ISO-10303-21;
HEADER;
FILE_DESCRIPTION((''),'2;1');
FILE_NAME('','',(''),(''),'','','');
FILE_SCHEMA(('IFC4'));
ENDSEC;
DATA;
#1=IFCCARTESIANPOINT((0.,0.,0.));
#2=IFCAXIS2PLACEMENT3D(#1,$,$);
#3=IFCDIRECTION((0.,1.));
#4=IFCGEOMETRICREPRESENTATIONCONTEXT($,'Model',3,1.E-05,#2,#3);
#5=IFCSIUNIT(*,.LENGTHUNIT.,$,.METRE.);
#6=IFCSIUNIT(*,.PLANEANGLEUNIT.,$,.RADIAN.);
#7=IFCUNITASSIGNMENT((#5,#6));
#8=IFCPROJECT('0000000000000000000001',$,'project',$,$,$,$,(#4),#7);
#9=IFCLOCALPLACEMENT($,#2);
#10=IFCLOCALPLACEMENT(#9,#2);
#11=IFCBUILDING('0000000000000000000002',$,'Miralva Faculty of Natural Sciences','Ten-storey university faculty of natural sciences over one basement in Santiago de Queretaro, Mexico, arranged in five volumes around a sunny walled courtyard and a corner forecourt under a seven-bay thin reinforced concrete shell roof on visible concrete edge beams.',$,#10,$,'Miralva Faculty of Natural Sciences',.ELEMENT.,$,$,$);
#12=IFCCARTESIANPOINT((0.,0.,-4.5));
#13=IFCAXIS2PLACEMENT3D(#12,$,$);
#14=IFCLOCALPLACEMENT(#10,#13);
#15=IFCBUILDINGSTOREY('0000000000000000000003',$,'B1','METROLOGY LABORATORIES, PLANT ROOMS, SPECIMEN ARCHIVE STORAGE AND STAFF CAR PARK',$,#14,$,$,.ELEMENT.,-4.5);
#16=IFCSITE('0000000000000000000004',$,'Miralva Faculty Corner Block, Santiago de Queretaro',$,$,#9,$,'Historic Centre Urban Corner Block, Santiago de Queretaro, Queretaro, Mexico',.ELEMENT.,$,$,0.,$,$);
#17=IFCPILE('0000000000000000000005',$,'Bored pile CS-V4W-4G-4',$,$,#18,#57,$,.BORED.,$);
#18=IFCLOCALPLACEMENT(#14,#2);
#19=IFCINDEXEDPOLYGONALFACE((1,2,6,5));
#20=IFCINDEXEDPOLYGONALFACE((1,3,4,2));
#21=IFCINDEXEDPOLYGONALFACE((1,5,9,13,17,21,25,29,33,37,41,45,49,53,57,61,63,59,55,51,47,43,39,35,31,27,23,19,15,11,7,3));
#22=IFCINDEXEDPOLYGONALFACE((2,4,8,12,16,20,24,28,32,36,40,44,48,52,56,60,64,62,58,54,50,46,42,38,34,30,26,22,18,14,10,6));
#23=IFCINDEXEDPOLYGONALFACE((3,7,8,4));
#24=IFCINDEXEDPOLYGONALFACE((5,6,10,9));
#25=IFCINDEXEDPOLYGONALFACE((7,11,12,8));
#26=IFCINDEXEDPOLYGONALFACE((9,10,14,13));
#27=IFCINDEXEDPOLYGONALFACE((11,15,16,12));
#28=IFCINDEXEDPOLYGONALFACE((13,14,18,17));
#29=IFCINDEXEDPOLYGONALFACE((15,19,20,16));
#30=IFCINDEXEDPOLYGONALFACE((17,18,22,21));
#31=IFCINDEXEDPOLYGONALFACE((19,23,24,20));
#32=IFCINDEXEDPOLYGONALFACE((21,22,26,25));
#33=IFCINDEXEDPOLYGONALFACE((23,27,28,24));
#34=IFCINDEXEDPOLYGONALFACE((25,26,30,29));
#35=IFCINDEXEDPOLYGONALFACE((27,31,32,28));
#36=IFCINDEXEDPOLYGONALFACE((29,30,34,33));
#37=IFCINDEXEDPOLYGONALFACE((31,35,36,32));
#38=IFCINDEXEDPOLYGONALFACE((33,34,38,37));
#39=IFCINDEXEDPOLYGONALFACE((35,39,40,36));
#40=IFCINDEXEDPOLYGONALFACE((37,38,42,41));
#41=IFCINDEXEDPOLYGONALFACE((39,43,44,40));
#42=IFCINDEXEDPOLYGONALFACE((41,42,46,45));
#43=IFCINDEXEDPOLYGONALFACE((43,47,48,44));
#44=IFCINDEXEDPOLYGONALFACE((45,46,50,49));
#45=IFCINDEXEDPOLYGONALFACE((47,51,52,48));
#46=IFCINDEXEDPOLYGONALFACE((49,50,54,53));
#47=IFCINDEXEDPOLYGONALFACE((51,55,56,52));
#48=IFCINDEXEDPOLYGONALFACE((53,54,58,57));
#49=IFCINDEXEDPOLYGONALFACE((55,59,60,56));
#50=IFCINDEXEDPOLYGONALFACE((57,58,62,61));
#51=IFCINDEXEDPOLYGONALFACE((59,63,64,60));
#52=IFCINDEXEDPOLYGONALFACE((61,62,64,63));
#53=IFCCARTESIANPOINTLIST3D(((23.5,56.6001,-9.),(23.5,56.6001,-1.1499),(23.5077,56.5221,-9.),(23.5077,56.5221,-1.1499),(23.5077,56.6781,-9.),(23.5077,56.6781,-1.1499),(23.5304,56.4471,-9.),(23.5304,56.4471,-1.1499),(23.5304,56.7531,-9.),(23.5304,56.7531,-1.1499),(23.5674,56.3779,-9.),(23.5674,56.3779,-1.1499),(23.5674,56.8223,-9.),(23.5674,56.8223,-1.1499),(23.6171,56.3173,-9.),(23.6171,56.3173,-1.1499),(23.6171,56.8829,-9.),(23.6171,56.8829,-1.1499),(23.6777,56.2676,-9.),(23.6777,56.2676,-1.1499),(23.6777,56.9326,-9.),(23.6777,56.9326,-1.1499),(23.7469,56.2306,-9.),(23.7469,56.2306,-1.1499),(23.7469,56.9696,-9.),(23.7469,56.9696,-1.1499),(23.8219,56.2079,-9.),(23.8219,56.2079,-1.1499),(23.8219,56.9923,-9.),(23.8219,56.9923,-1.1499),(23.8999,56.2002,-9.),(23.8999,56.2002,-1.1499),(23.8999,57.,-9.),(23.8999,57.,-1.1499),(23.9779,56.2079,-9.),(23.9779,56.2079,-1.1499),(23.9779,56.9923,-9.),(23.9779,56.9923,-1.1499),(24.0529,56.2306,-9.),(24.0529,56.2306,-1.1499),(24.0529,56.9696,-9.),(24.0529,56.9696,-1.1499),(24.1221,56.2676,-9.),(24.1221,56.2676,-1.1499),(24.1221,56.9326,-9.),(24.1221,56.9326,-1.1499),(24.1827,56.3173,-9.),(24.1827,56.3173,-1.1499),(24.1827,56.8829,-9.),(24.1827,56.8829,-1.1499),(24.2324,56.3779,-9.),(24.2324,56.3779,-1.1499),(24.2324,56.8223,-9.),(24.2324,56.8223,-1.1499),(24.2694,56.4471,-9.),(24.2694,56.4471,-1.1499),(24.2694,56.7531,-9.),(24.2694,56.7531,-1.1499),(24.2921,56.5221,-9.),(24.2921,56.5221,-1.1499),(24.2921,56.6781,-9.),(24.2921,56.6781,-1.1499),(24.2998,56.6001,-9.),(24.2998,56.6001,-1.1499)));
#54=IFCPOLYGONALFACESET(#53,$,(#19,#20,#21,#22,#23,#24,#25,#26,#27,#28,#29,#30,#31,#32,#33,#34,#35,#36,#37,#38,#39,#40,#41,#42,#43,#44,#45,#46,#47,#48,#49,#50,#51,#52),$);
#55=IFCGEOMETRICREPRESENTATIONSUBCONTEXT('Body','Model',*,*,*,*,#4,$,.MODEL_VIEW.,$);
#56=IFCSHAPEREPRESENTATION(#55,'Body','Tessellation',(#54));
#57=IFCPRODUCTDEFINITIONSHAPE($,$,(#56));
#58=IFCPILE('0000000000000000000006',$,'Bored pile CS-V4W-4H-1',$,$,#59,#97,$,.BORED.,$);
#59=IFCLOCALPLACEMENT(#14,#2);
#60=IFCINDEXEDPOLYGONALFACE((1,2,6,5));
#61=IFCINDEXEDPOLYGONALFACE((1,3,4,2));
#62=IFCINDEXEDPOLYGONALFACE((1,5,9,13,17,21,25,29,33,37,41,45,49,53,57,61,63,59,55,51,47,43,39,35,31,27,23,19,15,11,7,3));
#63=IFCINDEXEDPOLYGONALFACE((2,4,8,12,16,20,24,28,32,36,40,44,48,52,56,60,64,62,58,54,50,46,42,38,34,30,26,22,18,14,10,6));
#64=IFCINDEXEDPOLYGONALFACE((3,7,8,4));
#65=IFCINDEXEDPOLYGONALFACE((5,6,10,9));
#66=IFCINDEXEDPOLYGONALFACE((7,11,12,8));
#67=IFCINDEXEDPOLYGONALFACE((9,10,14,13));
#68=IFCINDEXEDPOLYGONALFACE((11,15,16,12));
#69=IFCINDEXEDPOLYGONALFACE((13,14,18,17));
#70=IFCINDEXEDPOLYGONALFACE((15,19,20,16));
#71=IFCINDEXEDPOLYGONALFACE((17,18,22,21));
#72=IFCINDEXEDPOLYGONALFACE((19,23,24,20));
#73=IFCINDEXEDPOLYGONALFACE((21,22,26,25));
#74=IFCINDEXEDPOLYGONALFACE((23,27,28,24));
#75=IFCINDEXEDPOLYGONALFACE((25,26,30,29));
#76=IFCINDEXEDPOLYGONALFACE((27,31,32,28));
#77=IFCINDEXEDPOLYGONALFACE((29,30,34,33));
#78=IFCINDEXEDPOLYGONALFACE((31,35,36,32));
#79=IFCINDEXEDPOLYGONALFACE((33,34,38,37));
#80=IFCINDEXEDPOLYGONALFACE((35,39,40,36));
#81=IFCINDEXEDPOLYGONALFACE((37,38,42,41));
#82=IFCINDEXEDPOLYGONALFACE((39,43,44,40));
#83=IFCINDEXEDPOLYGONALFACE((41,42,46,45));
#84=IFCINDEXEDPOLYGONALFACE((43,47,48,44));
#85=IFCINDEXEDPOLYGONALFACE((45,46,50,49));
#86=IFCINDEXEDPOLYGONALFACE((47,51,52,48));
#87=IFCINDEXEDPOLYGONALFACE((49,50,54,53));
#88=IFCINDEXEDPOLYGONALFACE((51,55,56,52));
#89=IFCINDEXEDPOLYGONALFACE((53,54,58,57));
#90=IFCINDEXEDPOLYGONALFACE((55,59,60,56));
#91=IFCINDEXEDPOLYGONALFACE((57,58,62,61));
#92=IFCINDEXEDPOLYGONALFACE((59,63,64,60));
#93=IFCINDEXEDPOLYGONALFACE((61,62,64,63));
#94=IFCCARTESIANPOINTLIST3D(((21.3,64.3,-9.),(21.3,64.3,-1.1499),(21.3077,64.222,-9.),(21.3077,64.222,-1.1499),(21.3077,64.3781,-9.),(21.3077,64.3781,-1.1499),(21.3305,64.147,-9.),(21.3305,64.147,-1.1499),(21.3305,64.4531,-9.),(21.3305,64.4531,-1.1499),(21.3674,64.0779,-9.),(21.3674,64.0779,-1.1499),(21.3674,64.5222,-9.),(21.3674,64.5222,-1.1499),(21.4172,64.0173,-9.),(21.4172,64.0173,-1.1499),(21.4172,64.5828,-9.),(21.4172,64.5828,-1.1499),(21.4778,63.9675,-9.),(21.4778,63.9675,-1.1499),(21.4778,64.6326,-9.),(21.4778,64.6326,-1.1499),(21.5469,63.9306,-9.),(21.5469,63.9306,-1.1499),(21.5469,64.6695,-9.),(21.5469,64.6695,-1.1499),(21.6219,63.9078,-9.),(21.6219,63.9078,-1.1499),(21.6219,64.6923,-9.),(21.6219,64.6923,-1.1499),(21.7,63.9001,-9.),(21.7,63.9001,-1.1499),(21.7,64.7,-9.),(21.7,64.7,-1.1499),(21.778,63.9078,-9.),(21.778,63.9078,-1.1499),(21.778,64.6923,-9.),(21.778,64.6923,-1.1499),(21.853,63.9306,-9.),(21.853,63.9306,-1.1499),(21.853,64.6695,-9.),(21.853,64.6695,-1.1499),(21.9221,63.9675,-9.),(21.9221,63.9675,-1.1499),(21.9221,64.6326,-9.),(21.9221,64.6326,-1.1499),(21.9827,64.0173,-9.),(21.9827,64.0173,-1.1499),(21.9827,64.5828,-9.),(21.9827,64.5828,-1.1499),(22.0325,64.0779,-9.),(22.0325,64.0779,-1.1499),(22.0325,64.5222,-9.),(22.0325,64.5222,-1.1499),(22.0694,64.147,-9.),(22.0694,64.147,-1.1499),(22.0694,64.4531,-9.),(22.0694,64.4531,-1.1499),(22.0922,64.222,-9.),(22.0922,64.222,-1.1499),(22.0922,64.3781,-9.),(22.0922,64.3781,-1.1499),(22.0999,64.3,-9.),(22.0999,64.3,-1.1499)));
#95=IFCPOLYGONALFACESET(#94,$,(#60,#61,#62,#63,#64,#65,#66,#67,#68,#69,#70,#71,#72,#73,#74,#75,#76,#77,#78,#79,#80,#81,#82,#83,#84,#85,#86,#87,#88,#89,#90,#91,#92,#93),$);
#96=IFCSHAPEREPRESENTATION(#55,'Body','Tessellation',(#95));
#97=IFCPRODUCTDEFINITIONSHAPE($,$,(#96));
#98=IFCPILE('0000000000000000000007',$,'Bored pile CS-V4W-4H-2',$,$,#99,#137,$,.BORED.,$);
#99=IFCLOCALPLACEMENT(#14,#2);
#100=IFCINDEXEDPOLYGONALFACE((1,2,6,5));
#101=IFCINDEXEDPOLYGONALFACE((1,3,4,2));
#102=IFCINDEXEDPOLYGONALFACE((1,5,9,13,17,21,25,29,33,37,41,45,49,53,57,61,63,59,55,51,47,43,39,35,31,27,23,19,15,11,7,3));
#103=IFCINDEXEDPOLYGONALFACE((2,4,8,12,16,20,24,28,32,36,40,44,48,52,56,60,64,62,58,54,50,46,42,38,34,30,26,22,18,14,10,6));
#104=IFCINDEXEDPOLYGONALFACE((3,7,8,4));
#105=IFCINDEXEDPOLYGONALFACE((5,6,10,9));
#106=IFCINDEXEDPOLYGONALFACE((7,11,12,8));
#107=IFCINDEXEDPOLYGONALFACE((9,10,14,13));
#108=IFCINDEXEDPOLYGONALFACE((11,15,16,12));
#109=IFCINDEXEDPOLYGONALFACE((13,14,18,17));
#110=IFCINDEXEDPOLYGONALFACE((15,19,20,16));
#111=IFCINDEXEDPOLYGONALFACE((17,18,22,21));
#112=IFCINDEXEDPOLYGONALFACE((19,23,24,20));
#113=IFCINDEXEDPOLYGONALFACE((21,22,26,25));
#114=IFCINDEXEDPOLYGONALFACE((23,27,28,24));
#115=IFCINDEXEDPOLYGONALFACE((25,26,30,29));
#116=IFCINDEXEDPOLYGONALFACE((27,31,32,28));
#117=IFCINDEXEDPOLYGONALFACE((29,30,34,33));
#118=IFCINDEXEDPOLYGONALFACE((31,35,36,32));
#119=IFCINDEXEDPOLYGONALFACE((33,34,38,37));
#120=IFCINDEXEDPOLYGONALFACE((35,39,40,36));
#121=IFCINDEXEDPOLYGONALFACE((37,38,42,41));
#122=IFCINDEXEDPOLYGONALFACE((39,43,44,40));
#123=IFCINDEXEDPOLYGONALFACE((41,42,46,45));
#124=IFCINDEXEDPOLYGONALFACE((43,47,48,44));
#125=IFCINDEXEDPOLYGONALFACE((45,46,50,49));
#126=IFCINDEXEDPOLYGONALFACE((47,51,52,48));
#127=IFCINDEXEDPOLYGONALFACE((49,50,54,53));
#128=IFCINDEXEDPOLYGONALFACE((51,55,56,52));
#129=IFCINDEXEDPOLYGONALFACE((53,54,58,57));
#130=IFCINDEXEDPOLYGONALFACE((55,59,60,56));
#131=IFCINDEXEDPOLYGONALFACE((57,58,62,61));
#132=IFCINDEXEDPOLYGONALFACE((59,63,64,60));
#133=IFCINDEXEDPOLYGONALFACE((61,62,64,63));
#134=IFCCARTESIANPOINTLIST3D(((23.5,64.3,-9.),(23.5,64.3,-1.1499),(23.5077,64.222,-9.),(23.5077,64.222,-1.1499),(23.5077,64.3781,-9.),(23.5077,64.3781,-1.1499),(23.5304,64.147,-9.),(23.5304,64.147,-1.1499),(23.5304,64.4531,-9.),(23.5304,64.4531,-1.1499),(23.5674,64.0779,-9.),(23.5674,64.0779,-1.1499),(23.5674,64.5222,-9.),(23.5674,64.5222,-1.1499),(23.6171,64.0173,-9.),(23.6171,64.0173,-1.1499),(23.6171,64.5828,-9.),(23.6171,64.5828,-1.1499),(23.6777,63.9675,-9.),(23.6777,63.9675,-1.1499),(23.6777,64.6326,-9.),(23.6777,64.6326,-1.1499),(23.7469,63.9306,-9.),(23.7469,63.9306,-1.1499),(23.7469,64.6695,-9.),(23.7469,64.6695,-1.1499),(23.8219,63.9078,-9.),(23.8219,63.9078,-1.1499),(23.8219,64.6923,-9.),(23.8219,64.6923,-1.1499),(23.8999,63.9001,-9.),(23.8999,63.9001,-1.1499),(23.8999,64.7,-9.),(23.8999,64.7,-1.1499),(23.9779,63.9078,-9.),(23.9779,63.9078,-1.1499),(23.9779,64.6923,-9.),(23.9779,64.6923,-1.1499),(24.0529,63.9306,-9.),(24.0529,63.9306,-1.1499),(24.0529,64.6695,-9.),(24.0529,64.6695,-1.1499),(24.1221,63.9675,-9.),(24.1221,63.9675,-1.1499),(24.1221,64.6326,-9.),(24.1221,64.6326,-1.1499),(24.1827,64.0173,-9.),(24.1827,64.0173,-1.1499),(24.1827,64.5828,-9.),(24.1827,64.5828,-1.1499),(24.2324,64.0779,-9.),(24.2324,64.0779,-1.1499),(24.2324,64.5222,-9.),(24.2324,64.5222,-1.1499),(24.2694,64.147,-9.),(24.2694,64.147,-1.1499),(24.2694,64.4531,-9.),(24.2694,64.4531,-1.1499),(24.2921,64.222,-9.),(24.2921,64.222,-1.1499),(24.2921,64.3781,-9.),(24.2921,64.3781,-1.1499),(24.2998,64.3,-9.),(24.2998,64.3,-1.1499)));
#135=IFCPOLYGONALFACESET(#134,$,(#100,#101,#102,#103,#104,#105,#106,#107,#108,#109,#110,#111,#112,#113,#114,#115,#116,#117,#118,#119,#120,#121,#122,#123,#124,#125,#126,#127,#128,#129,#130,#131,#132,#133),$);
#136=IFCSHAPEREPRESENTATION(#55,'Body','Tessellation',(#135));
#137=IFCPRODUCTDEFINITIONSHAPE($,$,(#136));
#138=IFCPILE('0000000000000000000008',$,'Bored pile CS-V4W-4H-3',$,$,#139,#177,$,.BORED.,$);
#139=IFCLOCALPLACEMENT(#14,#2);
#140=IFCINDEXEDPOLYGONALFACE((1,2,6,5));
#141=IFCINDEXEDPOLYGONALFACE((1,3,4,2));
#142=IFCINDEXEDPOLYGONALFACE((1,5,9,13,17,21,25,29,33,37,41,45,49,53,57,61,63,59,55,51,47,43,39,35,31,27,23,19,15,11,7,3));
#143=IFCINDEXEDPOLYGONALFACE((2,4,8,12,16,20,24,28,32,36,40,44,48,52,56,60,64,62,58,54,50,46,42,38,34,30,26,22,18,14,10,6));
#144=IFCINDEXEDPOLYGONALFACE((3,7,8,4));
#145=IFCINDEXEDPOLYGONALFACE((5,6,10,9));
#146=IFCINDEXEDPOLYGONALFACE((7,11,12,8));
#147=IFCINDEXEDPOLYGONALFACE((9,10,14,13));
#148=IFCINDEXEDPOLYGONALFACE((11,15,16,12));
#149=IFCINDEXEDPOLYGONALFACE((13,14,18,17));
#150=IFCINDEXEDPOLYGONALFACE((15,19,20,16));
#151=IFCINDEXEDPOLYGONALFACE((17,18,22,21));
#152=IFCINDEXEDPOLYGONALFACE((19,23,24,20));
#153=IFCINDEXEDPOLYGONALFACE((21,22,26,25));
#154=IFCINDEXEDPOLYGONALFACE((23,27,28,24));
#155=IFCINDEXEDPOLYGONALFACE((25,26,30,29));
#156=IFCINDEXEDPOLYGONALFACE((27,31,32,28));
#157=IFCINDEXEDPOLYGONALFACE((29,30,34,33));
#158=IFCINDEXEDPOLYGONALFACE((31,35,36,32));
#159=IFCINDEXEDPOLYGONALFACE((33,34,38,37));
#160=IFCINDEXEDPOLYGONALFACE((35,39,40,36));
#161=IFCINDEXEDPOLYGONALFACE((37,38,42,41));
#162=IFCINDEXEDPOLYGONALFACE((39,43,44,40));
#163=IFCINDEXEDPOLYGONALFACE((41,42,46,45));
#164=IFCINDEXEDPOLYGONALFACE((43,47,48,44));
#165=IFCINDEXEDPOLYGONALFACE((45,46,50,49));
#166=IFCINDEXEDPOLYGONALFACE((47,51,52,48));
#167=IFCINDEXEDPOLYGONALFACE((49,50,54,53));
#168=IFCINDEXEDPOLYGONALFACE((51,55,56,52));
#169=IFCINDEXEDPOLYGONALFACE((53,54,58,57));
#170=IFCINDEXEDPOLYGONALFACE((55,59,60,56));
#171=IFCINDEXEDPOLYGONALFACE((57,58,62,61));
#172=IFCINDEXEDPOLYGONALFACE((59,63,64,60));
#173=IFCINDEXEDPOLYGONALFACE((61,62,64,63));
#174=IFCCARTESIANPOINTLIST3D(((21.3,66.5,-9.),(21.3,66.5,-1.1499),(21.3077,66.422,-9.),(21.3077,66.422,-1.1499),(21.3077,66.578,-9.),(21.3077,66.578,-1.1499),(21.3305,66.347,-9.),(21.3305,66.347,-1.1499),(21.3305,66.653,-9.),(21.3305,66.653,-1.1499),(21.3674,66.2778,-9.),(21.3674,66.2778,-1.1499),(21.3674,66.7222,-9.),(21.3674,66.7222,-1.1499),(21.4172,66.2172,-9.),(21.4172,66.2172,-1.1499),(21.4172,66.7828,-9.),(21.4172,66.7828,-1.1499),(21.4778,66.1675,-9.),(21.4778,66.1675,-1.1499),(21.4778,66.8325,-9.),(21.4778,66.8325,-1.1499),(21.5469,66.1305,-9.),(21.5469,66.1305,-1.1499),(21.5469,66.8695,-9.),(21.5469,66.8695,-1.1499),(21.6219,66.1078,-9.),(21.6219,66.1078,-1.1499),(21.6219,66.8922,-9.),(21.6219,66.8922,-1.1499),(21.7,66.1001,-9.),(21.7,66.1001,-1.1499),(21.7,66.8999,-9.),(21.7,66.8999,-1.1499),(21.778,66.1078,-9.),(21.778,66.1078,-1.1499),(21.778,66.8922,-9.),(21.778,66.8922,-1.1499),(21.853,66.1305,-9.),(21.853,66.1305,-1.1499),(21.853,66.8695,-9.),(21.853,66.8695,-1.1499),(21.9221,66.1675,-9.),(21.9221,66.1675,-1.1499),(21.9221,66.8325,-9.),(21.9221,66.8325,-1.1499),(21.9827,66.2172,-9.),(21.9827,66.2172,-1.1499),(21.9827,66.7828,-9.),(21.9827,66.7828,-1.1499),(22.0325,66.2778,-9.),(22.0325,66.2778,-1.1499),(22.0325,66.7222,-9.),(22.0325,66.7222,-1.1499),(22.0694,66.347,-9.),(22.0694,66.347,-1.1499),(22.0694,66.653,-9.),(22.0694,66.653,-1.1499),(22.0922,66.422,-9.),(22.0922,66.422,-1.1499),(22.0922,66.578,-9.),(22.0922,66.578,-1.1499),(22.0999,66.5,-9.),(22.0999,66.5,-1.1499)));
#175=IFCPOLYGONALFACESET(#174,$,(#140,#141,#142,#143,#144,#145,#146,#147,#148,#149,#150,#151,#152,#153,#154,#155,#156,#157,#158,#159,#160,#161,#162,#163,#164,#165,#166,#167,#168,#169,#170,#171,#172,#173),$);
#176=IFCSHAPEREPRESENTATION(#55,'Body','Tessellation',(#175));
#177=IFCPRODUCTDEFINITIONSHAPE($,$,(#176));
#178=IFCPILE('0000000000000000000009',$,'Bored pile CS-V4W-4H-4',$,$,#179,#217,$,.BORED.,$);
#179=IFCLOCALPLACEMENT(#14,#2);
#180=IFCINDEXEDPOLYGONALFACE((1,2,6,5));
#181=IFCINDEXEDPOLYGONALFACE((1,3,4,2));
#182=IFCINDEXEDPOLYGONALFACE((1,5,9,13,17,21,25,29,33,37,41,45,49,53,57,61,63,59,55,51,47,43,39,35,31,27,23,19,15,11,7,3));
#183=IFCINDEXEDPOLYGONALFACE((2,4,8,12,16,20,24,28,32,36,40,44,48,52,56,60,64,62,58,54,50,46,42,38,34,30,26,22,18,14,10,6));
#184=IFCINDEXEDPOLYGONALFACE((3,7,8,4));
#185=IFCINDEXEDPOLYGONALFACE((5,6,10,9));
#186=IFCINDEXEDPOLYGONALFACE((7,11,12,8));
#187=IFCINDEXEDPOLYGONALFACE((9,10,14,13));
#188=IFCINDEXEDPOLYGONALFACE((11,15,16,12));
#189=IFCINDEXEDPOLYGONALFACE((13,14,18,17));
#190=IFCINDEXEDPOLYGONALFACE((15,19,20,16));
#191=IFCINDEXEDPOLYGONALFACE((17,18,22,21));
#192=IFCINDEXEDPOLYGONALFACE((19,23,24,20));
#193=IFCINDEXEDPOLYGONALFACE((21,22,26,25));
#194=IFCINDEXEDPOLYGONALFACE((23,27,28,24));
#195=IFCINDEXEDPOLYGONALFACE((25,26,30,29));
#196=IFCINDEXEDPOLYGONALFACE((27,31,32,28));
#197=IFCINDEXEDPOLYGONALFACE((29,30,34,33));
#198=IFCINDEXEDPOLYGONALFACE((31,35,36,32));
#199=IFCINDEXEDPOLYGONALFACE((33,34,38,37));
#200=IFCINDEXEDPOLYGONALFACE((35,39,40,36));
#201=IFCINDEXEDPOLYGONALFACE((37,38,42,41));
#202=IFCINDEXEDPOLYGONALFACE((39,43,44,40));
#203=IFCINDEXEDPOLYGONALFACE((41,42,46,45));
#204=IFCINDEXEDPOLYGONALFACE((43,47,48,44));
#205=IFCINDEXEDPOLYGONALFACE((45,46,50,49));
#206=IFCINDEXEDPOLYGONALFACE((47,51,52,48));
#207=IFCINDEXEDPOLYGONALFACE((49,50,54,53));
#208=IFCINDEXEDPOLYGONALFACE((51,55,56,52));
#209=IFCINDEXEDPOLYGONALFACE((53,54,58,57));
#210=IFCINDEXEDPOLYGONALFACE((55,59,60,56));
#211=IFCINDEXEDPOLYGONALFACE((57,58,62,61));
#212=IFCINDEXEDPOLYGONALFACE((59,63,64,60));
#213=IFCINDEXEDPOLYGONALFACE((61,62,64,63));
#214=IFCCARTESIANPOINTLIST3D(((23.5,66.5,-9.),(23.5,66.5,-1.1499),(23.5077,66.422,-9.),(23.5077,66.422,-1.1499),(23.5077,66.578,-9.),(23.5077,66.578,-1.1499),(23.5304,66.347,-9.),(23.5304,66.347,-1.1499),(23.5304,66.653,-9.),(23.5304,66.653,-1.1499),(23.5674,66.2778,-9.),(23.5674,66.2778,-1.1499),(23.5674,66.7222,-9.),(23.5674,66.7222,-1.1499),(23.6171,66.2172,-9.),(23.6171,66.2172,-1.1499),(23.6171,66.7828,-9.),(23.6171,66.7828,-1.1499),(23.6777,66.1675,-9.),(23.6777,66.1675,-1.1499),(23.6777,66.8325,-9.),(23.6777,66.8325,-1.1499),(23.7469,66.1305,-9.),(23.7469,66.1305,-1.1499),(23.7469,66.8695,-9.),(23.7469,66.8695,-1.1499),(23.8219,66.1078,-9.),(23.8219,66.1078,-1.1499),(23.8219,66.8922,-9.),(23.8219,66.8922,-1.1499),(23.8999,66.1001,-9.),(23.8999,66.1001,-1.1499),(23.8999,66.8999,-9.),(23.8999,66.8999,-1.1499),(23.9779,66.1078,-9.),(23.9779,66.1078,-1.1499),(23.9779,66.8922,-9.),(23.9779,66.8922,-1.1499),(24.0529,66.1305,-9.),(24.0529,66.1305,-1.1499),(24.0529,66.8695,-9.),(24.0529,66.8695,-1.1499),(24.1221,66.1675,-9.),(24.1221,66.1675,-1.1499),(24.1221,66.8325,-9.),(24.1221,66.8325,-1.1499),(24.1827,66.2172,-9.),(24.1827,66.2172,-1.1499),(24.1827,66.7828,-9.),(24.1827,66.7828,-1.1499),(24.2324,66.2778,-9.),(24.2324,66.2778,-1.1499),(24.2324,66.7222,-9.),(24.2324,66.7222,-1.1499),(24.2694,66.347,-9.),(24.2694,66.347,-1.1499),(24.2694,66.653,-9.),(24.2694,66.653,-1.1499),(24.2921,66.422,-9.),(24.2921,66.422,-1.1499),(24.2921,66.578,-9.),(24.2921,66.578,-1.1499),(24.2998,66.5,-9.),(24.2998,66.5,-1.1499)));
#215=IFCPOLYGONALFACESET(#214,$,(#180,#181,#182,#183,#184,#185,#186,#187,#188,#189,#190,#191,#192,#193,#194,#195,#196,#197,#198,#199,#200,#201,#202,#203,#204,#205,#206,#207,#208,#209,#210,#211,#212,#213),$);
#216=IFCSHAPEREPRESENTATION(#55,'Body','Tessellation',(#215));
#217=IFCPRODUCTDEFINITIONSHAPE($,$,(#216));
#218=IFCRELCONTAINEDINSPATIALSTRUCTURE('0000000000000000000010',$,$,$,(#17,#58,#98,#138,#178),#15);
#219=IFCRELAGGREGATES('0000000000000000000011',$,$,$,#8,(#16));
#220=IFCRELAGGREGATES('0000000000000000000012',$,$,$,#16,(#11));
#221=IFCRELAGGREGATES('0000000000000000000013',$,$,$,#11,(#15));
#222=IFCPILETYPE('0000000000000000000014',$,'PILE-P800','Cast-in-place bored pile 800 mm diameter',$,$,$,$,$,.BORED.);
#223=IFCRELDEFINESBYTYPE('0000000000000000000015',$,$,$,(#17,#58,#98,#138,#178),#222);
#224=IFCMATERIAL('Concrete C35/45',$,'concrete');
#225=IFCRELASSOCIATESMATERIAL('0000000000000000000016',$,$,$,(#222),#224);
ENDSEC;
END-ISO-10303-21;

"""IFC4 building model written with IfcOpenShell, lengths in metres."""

from ifc_helpers import new_model, si_unit, direction, frame, origin, origin_2d, place, context, subcontext, project, spatial, circle, extrude, material, material_profile, profile_set, type_object, element, save


model = new_model("IFC4")

# Units and contexts
model_context = context("Model", 3, precision=1e-05, world=origin(), true_north=direction((0.0, 1.0)))
body_context = subcontext(model_context, "Body", "Model", "MODEL_VIEW")
ifc_project = project(units=[si_unit("LENGTHUNIT", "METRE"), si_unit("PLANEANGLEUNIT", "RADIAN")], contexts=[model_context])

# Site, building, storey
site_placement = place(None, origin())
site = spatial("IfcSite", under=ifc_project, at=site_placement, Name="Miralva Faculty Corner Block, Santiago de Queretaro", LongName="Historic Centre Urban Corner Block, Santiago de Queretaro, Queretaro, Mexico", CompositionType="ELEMENT", RefElevation=0.0)
building_placement = place(site_placement, origin())
building = spatial("IfcBuilding", under=site, at=building_placement, Name="Miralva Faculty of Natural Sciences", Description="Ten-storey university faculty of natural sciences over one basement in Santiago de Queretaro, Mexico, arranged in five volumes around a sunny walled courtyard and a corner forecourt under a seven-bay thin reinforced concrete shell roof on visible concrete edge beams.", LongName="Miralva Faculty of Natural Sciences", CompositionType="ELEMENT")
storey_placement = place(building_placement, frame((0.0, 0.0, -4.5)))
storey = spatial("IfcBuildingStorey", under=building, at=storey_placement, Name="B1", Description="METROLOGY LABORATORIES, PLANT ROOMS, SPECIMEN ARCHIVE STORAGE AND STAFF CAR PARK", CompositionType="ELEMENT", Elevation=-4.5)

# Shared definitions
ifc_material_1 = material(Name="Concrete C35/45", Category="concrete")

# Piles
ifc_material_profile_1 = material_profile(ifc_material_1, circle(Radius=0.3999, at=origin_2d()), Name="BORED PILE 800")
ifc_profile_set_1 = profile_set([ifc_material_profile_1], Name="Concrete C35/45")
pile_type = type_object("IfcPileType", Name="PILE-P800", Description="Cast-in-place bored pile 800 mm diameter", PredefinedType="BORED", material=ifc_profile_set_1)
for number, where, z_axis, x_axis, name in (
    (1, (23.8999, 56.6001, -1.1499), (0.0, 0.0, -1.0), (1.0, 0.0, 0.0), "Bored pile CS-V4W-4G-4"),
    (2, (21.7, 64.3, -1.1499), (0.0, 0.0, -1.0), (1.0, 0.0, 0.0), "Bored pile CS-V4W-4H-1"),
    (3, (23.8999, 64.3, -1.1499), (0.0, 0.0, -1.0), (1.0, 0.0, 0.0), "Bored pile CS-V4W-4H-2"),
    (4, (21.7, 66.5, -1.1499), (0.0, 0.0, -1.0), (1.0, 0.0, 0.0), "Bored pile CS-V4W-4H-3"),
    (5, (23.8999, 66.5, -1.1499), (0.0, 0.0, -1.0), (1.0, 0.0, 0.0), "Bored pile CS-V4W-4H-4"),
):
    element("IfcPile", number, at=place(storey_placement, frame(where, z_axis=z_axis, x_axis=x_axis)), inside=storey, type_object=pile_type, Name=name, PredefinedType="BORED", context=body_context, shape_type="SweptSolid", body=[
        extrude(circle(Radius=0.3999, at=origin_2d()), origin(), (0.0, 0.0, 1.0), 7.8501),
    ])

save(model, "model.ifc")
